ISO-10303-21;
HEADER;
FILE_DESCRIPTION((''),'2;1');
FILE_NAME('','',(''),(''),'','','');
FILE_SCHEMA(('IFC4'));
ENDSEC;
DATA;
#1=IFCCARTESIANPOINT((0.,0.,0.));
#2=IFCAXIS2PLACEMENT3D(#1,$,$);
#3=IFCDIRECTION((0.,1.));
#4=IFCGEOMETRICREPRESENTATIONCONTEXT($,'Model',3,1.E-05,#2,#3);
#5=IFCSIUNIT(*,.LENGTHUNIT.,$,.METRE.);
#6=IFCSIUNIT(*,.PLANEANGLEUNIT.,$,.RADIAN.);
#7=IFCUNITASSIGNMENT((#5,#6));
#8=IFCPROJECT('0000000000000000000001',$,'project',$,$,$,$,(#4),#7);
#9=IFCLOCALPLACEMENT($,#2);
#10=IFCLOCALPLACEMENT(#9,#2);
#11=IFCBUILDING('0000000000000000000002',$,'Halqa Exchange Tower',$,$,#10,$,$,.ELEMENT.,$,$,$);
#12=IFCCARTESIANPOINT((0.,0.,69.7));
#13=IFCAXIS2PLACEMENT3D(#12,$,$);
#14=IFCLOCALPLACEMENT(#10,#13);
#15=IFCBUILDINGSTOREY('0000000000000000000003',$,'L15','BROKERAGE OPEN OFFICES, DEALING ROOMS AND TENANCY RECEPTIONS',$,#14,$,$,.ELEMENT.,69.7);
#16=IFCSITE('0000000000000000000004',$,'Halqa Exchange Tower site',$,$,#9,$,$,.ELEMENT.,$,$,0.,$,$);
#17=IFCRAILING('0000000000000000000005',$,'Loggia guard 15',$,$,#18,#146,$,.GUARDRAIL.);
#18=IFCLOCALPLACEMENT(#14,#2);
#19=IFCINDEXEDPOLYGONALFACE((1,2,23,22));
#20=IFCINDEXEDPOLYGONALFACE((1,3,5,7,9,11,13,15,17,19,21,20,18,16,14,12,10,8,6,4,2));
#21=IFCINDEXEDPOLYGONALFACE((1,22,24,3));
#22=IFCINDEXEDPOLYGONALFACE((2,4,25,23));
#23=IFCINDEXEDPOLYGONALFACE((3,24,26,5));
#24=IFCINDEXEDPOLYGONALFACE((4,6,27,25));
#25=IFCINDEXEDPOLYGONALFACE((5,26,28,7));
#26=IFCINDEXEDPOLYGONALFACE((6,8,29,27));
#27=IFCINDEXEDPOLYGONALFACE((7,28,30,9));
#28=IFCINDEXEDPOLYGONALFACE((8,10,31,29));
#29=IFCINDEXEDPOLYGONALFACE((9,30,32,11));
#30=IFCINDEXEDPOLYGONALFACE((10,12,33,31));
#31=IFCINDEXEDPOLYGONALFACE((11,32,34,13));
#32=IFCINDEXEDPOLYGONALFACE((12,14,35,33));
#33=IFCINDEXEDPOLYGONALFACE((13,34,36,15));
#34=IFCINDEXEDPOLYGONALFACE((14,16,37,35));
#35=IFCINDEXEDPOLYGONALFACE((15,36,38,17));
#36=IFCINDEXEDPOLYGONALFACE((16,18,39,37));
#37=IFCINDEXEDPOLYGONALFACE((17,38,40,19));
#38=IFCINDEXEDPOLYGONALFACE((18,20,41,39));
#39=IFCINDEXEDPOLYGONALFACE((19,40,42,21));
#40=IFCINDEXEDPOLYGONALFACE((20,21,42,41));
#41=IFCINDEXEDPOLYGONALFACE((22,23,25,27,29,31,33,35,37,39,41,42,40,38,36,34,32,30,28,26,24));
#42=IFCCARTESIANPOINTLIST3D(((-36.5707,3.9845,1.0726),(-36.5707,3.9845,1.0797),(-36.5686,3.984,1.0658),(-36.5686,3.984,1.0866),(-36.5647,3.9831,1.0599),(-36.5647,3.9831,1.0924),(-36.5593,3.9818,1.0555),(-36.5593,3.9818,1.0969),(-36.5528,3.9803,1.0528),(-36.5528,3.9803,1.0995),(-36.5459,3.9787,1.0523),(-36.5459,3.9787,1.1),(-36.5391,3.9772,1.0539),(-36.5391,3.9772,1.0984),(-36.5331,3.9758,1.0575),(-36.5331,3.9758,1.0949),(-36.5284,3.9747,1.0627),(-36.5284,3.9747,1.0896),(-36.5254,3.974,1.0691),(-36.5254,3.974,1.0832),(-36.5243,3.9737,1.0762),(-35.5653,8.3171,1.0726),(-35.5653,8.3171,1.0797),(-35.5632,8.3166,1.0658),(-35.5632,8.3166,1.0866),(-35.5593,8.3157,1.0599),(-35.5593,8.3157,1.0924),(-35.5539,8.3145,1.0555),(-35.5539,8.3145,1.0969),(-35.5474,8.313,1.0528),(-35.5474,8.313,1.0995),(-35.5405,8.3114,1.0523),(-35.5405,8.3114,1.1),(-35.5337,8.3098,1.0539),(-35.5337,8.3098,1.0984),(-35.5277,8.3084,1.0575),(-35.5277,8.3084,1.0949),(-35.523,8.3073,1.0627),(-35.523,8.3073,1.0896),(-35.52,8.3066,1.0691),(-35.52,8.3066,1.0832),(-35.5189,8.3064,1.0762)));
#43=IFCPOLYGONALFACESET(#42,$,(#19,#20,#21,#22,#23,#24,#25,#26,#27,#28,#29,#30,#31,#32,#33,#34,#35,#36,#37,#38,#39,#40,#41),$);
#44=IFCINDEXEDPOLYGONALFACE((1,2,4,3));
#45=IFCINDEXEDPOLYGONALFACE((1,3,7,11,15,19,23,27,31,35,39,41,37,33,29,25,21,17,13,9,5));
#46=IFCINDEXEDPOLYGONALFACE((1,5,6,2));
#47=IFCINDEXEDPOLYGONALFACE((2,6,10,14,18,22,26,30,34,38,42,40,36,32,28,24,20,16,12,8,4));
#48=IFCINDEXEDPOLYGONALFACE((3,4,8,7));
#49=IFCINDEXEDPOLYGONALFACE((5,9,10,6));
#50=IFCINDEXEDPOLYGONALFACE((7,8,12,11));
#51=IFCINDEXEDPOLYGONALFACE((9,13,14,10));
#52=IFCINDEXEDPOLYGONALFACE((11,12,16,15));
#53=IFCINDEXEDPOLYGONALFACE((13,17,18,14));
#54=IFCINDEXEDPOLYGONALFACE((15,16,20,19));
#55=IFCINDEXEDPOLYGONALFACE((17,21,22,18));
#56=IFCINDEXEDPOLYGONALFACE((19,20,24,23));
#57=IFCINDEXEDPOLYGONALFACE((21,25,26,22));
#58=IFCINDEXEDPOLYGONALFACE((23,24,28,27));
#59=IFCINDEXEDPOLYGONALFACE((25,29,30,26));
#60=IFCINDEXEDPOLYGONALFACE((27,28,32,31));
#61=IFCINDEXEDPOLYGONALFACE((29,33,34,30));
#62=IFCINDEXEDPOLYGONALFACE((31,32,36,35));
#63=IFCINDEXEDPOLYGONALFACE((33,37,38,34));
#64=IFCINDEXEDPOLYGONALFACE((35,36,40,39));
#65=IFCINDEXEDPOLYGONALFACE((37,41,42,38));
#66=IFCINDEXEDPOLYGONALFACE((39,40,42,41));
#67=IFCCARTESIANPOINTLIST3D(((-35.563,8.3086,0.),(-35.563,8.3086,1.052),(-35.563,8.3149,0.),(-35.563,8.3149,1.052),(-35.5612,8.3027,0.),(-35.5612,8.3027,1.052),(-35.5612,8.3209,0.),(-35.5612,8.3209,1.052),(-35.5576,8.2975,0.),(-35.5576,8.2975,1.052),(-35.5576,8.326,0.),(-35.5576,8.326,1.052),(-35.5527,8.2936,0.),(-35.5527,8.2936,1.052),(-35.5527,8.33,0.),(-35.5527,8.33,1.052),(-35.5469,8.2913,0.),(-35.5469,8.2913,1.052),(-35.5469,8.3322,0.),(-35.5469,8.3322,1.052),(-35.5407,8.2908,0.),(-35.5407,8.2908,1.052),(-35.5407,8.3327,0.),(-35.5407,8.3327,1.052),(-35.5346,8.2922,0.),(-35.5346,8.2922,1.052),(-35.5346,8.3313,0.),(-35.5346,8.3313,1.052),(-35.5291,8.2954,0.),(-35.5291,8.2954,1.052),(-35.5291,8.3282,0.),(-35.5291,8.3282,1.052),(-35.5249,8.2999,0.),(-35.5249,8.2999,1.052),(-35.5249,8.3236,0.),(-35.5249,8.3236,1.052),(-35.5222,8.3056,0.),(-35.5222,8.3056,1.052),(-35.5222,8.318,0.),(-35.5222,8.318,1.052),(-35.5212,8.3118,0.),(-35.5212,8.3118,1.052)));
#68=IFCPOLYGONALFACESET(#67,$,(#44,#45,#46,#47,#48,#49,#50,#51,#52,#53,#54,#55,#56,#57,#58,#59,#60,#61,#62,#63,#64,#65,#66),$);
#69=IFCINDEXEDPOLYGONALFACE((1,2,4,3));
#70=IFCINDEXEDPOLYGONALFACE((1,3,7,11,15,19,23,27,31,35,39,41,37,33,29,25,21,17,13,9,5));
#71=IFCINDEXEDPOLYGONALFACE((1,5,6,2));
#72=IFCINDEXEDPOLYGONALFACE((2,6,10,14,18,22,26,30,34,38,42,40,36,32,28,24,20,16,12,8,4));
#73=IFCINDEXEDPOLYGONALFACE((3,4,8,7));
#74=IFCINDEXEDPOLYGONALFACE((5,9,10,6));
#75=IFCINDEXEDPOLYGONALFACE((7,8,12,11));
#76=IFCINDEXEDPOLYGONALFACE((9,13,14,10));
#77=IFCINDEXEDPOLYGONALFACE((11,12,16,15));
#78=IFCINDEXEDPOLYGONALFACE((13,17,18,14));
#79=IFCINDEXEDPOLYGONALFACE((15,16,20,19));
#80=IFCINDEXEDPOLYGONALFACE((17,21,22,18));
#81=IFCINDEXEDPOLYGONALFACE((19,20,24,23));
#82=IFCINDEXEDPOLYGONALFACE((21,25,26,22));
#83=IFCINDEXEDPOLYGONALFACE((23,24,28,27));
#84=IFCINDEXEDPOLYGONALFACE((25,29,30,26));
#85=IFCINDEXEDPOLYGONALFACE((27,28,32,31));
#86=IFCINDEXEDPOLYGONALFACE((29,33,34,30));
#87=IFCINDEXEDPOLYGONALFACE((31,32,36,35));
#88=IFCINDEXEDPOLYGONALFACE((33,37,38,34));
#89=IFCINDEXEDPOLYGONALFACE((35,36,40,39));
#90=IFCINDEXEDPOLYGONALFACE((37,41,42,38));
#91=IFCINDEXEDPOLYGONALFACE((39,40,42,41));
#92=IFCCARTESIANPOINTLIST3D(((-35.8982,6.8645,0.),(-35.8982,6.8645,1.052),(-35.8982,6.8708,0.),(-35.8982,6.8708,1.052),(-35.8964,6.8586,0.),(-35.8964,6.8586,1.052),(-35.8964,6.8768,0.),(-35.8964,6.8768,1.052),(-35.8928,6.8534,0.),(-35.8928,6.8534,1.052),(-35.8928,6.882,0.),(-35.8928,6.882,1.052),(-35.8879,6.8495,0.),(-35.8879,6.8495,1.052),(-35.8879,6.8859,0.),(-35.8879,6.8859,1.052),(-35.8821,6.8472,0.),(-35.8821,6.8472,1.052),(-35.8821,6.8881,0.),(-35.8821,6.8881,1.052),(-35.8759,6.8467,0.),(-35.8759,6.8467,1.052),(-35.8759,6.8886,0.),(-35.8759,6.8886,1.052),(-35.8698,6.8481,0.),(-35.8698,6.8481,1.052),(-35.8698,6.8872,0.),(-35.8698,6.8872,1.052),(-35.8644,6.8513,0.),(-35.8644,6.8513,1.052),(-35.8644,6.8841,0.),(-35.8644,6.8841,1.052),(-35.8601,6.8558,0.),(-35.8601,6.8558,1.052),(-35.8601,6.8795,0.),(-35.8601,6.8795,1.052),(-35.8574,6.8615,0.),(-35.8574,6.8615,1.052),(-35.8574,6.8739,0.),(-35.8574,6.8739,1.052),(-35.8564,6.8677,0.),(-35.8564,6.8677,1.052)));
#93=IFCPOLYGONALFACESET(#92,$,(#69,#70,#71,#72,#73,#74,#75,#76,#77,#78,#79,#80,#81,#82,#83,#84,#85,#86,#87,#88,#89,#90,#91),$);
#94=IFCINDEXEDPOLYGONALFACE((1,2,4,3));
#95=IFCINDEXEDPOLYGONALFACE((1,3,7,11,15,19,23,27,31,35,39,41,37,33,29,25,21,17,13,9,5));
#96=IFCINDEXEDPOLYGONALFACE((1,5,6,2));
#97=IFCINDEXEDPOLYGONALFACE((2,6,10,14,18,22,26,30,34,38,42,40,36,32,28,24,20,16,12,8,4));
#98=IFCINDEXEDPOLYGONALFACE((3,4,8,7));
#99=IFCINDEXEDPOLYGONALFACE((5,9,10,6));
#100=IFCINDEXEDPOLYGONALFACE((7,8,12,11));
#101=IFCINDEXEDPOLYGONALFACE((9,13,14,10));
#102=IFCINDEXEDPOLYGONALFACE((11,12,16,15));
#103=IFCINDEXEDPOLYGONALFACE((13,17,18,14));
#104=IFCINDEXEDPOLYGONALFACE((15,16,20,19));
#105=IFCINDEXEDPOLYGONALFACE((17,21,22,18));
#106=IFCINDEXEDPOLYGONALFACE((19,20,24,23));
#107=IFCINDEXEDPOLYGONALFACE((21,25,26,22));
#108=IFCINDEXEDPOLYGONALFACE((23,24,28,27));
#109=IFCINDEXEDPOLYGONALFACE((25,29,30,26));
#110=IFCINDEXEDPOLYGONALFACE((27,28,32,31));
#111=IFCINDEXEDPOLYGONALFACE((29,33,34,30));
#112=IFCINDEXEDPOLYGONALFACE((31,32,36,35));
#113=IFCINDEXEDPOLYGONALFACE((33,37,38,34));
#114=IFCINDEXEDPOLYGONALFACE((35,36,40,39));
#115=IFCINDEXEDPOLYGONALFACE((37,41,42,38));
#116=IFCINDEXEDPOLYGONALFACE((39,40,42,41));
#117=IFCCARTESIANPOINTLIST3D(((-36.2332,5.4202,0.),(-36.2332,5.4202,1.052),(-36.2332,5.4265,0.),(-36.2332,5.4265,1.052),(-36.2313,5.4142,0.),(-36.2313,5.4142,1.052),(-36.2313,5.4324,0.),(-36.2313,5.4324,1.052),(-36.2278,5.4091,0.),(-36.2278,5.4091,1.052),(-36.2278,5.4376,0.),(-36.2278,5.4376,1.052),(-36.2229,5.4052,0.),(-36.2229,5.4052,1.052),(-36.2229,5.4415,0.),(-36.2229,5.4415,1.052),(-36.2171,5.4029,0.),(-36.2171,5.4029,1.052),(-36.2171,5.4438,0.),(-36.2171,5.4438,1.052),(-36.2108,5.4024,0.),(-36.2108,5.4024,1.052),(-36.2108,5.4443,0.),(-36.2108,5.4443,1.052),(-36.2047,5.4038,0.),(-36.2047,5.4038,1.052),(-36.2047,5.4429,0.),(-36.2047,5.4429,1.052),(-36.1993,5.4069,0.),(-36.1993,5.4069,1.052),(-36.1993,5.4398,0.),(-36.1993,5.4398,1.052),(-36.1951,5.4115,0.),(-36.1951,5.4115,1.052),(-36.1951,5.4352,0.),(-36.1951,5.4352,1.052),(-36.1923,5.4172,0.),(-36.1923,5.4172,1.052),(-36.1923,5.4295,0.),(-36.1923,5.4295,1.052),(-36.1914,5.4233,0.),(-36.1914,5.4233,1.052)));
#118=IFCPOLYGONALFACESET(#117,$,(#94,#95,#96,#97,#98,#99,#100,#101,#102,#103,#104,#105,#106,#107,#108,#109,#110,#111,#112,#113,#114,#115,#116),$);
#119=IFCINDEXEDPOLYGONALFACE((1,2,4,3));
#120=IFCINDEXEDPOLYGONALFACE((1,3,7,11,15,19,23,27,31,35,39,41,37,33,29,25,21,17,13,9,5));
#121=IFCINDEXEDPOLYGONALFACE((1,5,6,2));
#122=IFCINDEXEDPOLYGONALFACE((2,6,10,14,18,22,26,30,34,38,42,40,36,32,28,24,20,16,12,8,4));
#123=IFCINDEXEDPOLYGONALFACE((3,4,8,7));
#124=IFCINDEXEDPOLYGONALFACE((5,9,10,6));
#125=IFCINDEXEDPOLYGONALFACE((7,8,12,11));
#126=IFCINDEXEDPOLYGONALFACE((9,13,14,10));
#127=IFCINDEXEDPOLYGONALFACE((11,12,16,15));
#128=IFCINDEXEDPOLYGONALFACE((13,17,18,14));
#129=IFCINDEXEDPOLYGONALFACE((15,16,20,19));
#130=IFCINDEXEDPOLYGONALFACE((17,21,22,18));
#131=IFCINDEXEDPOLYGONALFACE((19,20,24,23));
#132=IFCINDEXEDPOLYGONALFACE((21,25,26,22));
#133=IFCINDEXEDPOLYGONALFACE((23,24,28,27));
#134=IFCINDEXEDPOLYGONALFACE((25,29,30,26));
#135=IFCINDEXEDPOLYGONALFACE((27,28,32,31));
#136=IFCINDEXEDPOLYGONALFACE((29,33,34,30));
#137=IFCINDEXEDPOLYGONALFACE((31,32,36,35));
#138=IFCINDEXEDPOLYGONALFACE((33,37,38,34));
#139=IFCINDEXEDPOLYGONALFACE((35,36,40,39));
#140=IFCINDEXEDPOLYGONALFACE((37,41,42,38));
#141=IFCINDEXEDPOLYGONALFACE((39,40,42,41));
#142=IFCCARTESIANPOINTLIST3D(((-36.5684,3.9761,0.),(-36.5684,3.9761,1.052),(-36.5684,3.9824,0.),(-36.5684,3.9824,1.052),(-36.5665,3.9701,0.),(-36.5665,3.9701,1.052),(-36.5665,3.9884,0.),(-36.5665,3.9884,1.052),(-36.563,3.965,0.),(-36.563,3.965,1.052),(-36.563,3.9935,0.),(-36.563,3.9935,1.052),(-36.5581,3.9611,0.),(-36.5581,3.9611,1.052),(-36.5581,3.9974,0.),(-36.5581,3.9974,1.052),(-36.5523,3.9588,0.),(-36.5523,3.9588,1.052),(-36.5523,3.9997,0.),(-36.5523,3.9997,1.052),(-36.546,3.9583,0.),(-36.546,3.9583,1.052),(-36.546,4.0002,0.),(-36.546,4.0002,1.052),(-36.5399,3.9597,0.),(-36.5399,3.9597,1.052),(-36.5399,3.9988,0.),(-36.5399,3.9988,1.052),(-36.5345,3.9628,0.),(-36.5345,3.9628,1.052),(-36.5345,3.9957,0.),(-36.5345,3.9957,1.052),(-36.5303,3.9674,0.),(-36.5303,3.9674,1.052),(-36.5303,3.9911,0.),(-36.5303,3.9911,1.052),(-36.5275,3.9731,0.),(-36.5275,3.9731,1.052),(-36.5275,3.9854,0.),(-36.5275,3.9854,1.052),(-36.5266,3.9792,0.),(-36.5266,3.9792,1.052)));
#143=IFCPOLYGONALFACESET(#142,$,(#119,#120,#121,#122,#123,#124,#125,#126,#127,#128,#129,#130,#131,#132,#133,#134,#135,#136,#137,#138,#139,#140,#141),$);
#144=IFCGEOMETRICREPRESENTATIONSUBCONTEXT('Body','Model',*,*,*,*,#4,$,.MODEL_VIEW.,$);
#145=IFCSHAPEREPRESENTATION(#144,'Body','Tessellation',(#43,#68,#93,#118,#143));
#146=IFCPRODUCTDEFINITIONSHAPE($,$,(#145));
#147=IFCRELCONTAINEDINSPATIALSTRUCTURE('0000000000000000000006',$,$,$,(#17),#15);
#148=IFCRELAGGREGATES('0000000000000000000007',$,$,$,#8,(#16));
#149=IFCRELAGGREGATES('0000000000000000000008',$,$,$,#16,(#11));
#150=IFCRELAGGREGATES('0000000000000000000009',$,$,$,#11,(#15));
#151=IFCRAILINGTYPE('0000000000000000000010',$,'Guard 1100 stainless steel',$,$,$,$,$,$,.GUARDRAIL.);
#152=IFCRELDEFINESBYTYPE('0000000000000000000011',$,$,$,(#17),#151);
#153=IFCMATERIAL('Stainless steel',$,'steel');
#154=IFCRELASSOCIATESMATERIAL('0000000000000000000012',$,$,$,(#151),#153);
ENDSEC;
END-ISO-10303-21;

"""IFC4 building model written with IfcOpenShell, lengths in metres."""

from ifc_helpers import new_model, si_unit, direction, frame, origin, origin_2d, place, context, subcontext, project, spatial, circle, extrude, material, type_object, element, save


model = new_model("IFC4")

# Units and contexts
model_context = context("Model", 3, precision=1e-05, world=origin(), true_north=direction((0.0, 1.0)))
body_context = subcontext(model_context, "Body", "Model", "MODEL_VIEW")
ifc_project = project(units=[si_unit("LENGTHUNIT", "METRE"), si_unit("PLANEANGLEUNIT", "RADIAN")], contexts=[model_context])

# Site, building, storey
site_placement = place(None, origin())
site = spatial("IfcSite", under=ifc_project, at=site_placement, Name="Halqa Exchange Tower site", CompositionType="ELEMENT", RefElevation=0.0)
building_placement = place(site_placement, origin())
building = spatial("IfcBuilding", under=site, at=building_placement, Name="Halqa Exchange Tower", CompositionType="ELEMENT")
storey_placement = place(building_placement, frame((0.0, 0.0, 69.7)))
storey = spatial("IfcBuildingStorey", under=building, at=storey_placement, Name="L15", Description="BROKERAGE OPEN OFFICES, DEALING ROOMS AND TENANCY RECEPTIONS", CompositionType="ELEMENT", Elevation=69.7)

# Railing
ifc_material_1 = material(Name="Stainless steel", Category="steel")
railing_type = type_object("IfcRailingType", Name="Guard 1100 stainless steel", PredefinedType="GUARDRAIL", material=ifc_material_1)
railing_1_placement = place(storey_placement, frame((-35.5422, 8.3118, 0.0)))
element("IfcRailing", 1, at=railing_1_placement, inside=storey, type_object=railing_type, Name="Loggia guard 15", PredefinedType="GUARDRAIL", context=body_context, shape_type="SweptSolid", body=[
    extrude(circle(Radius=0.0239, at=origin_2d()), frame((0.0, 0.0, 1.0762), z_axis=(-0.226046, -0.974117, 0.0), x_axis=(0.974117, -0.226046, 0.0)), (0.0, 0.0, 1.0), 4.4478),
    extrude(circle(Radius=0.021, at=origin_2d()), origin(), (0.0, 0.0, 1.0), 1.052),
    extrude(circle(Radius=0.021, at=origin_2d()), frame((-0.3352, -1.4441, 0.0)), (0.0, 0.0, 1.0), 1.052),
    extrude(circle(Radius=0.021, at=origin_2d()), frame((-0.6702, -2.8884, 0.0)), (0.0, 0.0, 1.0), 1.052),
    extrude(circle(Radius=0.021, at=origin_2d()), frame((-1.0054, -4.3325, 0.0)), (0.0, 0.0, 1.0), 1.052),
])

save(model, "model.ifc")
